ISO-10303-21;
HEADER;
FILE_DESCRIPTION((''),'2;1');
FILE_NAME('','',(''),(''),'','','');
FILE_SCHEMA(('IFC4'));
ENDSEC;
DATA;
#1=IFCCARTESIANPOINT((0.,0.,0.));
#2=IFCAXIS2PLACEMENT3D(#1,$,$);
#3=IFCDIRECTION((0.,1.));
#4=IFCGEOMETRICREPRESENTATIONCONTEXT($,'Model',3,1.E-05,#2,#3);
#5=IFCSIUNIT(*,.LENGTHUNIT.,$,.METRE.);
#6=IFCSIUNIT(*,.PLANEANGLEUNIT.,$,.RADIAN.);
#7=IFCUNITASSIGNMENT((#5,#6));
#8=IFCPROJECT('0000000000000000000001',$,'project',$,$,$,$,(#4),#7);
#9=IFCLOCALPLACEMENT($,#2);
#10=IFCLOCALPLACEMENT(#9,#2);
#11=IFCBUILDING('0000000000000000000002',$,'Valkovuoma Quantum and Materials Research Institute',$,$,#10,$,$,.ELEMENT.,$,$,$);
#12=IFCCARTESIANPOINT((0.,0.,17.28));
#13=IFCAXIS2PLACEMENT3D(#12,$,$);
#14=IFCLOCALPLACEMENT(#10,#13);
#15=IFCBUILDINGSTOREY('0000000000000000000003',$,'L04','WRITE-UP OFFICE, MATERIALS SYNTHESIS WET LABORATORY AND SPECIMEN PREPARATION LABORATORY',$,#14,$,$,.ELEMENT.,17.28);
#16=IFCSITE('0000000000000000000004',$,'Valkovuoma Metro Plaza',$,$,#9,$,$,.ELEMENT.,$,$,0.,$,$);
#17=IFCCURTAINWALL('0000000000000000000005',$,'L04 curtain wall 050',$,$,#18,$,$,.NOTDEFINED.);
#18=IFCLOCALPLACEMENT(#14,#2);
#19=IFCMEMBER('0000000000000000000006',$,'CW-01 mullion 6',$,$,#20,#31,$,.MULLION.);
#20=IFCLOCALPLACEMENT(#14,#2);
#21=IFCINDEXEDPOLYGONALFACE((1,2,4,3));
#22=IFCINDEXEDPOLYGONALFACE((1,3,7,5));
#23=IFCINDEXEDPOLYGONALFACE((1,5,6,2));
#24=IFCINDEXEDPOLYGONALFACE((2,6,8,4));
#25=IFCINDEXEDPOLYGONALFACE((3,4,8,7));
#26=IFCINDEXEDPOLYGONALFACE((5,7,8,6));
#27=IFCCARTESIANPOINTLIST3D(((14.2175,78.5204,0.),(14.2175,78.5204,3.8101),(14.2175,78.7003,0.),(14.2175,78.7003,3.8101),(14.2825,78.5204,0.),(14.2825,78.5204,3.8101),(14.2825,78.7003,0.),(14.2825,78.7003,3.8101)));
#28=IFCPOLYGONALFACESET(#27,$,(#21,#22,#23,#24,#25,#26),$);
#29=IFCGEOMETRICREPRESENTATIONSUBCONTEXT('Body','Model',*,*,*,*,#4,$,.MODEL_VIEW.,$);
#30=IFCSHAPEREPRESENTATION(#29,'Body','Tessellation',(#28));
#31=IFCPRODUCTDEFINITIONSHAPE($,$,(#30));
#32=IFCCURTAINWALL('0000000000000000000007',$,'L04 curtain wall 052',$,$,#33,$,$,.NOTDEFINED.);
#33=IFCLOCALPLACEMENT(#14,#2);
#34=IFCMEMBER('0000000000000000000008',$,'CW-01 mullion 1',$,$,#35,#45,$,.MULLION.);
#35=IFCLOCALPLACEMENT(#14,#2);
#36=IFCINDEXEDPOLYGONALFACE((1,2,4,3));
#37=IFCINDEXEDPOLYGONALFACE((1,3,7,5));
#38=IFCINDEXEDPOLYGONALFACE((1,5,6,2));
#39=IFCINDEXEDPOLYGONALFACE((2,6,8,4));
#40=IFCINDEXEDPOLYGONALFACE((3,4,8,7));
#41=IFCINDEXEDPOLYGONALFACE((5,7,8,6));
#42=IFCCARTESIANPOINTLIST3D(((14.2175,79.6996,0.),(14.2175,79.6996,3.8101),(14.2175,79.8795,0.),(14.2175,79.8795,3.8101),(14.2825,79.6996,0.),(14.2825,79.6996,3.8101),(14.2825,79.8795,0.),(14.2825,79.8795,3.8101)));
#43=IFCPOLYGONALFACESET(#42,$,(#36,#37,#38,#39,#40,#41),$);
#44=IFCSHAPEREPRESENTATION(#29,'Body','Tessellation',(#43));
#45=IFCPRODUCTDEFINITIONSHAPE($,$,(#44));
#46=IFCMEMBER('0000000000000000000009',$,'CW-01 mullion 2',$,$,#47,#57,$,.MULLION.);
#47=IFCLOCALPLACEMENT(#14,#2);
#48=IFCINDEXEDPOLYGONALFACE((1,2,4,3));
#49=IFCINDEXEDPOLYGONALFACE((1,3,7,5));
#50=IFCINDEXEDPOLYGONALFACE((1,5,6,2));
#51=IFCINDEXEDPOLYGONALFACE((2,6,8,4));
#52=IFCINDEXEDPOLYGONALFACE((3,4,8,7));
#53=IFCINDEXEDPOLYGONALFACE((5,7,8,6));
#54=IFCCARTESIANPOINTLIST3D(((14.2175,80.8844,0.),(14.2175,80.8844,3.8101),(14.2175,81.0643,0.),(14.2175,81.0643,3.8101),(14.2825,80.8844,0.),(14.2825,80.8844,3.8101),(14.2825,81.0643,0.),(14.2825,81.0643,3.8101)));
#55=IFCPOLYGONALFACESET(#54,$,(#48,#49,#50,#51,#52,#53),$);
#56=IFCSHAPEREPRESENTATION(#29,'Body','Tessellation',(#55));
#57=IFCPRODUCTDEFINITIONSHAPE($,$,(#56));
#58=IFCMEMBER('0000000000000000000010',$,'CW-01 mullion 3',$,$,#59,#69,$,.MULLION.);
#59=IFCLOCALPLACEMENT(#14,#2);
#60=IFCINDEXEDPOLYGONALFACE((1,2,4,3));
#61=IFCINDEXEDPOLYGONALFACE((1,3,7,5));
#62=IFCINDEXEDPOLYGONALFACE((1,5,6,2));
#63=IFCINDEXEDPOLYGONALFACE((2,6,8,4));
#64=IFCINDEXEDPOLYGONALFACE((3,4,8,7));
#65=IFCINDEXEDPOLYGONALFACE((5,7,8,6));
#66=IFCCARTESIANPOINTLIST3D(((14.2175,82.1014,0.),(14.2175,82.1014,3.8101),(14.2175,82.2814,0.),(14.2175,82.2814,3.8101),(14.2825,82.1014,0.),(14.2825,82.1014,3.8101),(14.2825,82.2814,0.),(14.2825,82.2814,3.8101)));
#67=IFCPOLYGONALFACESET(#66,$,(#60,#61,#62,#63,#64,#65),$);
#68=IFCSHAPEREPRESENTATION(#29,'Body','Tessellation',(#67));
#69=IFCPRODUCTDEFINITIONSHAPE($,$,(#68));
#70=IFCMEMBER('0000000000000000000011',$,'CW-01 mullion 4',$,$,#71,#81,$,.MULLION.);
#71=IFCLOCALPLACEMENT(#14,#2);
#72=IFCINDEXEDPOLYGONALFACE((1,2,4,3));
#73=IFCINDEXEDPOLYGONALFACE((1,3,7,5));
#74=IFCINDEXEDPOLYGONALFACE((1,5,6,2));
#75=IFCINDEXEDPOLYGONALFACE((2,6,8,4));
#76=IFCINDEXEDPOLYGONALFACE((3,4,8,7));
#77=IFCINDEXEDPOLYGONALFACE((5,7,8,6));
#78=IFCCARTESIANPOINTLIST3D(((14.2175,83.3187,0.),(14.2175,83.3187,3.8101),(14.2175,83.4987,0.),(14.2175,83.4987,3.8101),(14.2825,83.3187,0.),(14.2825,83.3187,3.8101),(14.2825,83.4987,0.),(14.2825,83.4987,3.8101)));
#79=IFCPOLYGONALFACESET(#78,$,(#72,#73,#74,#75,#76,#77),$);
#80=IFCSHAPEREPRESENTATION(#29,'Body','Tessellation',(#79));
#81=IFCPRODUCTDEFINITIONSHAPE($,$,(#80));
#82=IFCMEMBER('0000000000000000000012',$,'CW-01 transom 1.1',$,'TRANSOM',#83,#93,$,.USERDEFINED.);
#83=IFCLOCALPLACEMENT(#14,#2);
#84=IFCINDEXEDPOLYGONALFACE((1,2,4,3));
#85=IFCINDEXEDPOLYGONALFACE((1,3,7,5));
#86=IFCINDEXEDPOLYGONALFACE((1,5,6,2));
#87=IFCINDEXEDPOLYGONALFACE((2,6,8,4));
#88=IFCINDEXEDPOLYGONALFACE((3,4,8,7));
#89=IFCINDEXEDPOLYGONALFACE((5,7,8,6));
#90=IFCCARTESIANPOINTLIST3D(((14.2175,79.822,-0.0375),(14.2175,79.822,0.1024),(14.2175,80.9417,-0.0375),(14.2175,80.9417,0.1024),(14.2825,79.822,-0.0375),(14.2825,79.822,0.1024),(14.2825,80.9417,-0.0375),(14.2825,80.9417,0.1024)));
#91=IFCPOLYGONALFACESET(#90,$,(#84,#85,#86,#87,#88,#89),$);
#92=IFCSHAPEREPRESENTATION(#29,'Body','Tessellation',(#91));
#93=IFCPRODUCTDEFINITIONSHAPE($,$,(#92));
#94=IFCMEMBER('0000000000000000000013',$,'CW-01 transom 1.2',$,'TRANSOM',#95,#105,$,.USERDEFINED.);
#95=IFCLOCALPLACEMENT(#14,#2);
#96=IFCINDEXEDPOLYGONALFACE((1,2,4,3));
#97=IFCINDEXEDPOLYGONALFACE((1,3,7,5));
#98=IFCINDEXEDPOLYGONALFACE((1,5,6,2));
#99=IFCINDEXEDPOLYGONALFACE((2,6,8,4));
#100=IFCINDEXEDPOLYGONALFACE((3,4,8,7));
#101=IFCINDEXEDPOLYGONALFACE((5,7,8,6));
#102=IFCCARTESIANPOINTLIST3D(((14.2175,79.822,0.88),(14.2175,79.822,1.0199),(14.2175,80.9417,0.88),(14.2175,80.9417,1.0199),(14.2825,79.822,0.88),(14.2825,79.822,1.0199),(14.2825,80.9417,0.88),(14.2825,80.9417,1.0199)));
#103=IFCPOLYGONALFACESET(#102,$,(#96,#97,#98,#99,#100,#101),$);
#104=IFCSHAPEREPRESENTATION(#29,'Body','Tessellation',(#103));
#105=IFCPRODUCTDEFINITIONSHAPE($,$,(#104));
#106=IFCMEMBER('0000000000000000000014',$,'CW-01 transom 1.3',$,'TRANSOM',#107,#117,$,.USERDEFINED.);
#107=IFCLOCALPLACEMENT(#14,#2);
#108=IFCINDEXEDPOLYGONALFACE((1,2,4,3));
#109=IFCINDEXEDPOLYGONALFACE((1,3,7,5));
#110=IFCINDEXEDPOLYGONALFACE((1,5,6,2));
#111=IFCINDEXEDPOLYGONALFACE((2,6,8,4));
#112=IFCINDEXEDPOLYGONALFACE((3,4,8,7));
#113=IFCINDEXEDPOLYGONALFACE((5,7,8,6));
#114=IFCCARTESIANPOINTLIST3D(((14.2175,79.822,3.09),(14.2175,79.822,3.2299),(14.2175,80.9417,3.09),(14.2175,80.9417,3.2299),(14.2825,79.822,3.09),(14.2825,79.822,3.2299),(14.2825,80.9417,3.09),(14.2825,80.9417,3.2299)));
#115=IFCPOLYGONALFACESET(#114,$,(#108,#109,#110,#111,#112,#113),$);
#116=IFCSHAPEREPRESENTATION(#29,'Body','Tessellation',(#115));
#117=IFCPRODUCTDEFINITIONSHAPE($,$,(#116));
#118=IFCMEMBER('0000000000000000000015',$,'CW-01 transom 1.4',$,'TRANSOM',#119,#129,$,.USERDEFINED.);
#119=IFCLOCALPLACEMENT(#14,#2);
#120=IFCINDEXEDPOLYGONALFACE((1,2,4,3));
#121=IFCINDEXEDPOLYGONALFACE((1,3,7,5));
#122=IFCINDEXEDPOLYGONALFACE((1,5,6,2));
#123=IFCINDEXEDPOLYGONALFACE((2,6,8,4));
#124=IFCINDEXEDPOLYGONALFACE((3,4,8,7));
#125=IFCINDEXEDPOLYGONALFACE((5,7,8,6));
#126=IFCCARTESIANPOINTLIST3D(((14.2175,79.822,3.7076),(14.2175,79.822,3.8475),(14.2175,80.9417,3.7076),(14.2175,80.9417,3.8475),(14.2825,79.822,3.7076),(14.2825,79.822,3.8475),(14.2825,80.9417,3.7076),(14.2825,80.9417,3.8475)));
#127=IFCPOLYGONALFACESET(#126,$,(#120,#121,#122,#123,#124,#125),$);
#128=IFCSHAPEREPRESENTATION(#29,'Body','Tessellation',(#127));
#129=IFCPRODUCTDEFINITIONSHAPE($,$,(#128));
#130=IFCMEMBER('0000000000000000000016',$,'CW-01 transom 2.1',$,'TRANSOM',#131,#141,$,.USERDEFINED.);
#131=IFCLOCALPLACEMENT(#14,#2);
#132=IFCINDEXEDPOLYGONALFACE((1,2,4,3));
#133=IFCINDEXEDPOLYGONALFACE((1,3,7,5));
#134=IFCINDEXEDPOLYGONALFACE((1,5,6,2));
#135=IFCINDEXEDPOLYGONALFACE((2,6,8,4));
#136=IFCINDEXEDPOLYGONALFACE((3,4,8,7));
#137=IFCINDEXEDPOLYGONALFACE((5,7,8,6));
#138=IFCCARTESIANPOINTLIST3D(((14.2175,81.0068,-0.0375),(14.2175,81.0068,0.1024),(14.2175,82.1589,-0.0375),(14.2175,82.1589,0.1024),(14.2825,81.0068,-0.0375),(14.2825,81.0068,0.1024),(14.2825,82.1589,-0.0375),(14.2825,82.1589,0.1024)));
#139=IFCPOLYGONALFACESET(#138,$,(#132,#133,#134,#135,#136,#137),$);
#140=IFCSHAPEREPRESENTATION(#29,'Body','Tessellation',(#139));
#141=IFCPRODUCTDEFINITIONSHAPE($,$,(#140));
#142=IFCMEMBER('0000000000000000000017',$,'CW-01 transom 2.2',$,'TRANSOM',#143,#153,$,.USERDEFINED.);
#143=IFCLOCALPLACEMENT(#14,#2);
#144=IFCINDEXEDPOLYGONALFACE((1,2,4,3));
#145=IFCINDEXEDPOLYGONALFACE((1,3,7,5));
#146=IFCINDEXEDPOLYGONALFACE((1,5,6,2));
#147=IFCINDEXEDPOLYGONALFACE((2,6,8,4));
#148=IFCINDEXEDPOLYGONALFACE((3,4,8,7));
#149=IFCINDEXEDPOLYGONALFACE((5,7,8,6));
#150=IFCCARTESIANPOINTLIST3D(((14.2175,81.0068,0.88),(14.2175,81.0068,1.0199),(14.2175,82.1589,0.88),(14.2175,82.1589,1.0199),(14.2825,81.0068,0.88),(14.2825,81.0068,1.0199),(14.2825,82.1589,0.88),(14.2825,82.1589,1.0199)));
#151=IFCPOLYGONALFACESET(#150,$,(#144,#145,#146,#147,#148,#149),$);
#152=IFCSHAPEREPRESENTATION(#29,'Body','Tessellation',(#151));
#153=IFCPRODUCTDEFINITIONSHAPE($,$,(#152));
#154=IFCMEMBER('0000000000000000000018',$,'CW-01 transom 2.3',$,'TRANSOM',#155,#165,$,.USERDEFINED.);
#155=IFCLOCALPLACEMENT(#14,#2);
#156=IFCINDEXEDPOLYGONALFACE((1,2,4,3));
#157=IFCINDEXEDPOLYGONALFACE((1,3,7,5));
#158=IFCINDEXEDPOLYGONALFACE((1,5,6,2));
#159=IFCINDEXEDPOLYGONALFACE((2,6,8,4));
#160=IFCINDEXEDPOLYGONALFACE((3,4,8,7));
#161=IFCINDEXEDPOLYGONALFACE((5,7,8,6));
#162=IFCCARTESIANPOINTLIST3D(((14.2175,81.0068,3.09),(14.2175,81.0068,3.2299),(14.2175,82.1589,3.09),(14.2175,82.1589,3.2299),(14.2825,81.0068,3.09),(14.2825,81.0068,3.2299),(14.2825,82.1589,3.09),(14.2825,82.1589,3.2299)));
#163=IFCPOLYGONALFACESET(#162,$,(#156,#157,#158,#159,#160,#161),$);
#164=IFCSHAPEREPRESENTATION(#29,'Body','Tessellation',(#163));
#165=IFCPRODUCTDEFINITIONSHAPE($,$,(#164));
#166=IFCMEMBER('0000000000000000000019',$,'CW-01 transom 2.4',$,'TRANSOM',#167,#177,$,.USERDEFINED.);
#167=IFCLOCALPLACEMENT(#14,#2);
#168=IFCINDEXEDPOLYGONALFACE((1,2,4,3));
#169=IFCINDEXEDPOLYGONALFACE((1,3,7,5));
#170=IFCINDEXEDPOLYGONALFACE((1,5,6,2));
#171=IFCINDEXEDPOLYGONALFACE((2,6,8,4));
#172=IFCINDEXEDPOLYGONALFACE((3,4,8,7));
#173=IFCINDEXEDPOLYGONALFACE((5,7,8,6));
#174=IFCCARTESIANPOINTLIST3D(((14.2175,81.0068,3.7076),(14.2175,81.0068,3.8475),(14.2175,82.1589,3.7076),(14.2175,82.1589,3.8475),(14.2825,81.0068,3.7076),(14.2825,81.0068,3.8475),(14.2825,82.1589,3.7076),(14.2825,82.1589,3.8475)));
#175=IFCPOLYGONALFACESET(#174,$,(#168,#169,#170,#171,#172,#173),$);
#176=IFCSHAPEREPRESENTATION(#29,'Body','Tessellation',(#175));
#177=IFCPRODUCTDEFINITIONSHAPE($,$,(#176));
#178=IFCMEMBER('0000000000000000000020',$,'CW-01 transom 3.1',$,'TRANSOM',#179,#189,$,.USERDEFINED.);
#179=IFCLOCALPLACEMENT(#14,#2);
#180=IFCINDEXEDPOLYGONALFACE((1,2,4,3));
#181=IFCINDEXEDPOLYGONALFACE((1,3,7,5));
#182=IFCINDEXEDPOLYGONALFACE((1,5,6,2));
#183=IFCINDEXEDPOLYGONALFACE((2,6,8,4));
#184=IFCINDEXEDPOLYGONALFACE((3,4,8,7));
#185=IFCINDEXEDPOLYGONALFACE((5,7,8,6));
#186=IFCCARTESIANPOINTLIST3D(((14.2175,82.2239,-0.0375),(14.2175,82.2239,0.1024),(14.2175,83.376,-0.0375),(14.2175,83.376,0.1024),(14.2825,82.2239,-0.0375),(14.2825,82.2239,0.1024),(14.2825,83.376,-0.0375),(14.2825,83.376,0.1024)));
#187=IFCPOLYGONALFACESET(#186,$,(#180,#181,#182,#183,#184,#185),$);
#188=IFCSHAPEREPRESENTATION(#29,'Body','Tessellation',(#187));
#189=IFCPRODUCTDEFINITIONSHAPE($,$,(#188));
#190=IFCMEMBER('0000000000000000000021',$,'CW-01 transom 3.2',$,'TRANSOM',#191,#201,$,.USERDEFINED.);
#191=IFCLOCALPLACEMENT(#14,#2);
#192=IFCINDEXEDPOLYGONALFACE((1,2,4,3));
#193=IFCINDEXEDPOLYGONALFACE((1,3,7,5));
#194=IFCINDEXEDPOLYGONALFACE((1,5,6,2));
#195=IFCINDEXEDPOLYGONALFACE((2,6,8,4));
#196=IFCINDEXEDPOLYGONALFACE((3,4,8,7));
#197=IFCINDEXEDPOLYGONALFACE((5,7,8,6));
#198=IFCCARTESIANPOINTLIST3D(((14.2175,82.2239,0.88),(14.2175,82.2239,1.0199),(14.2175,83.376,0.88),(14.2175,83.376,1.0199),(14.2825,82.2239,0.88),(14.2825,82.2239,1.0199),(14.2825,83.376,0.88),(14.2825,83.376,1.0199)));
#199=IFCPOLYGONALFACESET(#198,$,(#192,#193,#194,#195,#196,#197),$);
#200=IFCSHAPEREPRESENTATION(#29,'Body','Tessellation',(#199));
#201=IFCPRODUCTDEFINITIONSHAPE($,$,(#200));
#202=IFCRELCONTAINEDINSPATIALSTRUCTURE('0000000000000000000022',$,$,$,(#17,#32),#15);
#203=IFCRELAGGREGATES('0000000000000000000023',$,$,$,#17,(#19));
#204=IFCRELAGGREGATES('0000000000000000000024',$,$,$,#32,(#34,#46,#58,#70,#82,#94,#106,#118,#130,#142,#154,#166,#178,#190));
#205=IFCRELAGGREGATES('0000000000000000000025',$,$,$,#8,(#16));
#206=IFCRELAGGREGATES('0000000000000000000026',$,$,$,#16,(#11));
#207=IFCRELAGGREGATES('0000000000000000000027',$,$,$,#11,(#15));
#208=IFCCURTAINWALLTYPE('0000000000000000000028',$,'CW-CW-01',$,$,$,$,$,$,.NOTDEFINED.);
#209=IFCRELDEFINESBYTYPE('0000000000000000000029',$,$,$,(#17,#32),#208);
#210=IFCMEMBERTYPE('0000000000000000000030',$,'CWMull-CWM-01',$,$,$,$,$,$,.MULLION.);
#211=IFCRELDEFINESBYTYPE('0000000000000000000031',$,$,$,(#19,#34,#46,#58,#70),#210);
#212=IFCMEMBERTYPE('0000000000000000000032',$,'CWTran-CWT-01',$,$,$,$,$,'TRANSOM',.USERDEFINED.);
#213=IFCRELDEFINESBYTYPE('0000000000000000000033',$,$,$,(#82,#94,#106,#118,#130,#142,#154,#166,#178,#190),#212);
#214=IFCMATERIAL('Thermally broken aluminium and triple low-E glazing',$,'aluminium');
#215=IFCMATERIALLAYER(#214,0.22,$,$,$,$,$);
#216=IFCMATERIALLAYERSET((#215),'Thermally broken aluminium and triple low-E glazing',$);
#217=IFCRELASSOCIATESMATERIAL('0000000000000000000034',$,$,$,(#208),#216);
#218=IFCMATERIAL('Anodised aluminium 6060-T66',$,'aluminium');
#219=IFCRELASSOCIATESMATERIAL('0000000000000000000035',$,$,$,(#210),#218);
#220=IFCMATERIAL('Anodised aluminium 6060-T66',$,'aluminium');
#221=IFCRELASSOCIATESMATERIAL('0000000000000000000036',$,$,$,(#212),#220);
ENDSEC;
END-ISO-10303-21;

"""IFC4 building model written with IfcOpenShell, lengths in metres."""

from ifc_helpers import new_model, si_unit, direction, frame, origin, origin_2d, place, context, subcontext, project, spatial, rectangle, extrude, material, layer, layer_set, material_profile, profile_set, type_object, element, aggregate, save


model = new_model("IFC4")

# Units and contexts
model_context = context("Model", 3, precision=1e-05, world=origin(), true_north=direction((0.0, 1.0)))
body_context = subcontext(model_context, "Body", "Model", "MODEL_VIEW")
ifc_project = project(units=[si_unit("LENGTHUNIT", "METRE"), si_unit("PLANEANGLEUNIT", "RADIAN")], contexts=[model_context])

# Site, building, storey
site_placement = place(None, origin())
site = spatial("IfcSite", under=ifc_project, at=site_placement, Name="Valkovuoma Metro Plaza", CompositionType="ELEMENT", RefElevation=0.0)
building_placement = place(site_placement, origin())
building = spatial("IfcBuilding", under=site, at=building_placement, Name="Valkovuoma Quantum and Materials Research Institute", CompositionType="ELEMENT")
storey_placement = place(building_placement, frame((0.0, 0.0, 17.28)))
storey = spatial("IfcBuildingStorey", under=building, at=storey_placement, Name="L04", Description="WRITE-UP OFFICE, MATERIALS SYNTHESIS WET LABORATORY AND SPECIMEN PREPARATION LABORATORY", CompositionType="ELEMENT", Elevation=17.28)

# Curtain wall, member
ifc_material_1 = material(Name="Thermally broken aluminium and triple low-E glazing", Category="aluminium")
ifc_layer_1 = layer(ifc_material_1, 0.22)
ifc_layer_set_1 = layer_set([ifc_layer_1], Name="Thermally broken aluminium and triple low-E glazing")
curtain_wall_type = type_object("IfcCurtainWallType", Name="CW-CW-01", PredefinedType="NOTDEFINED", material=ifc_layer_set_1)
curtain_wall_1_placement = place(storey_placement, origin())
curtain_wall_1 = element("IfcCurtainWall", 1, at=curtain_wall_1_placement, inside=storey, type_object=curtain_wall_type, Name="L04 curtain wall 050", PredefinedType="NOTDEFINED")
ifc_material_2 = material(Name="Anodised aluminium 6060-T66", Category="aluminium")
ifc_material_profile_1 = material_profile(ifc_material_2, rectangle(XDim=0.0649, YDim=0.1799, at=origin_2d()), Name="Anodised aluminium 6060-T66")
ifc_profile_set_1 = profile_set([ifc_material_profile_1], Name="Anodised aluminium 6060-T66")
member_type_1 = type_object("IfcMemberType", Name="CWMull-CWM-01", PredefinedType="MULLION", material=ifc_profile_set_1)
member_1_placement = place(storey_placement, frame((14.25, 78.6104, 0.0), z_axis=(0.0, 0.0, 1.0), x_axis=(-1.0, 0.0, 0.0)))
member_1 = element("IfcMember", 2, at=member_1_placement, type_object=member_type_1, Name="CW-01 mullion 6", PredefinedType="MULLION", context=body_context, shape_type="SweptSolid", body=[
    extrude(rectangle(XDim=0.0649, YDim=0.1799, at=origin_2d()), origin(), (0.0, 0.0, 1.0), 3.8101),
])
aggregate(curtain_wall_1, [member_1])

# Curtain wall, members
curtain_wall_2_placement = place(storey_placement, origin())
curtain_wall_2 = element("IfcCurtainWall", 3, at=curtain_wall_2_placement, inside=storey, type_object=curtain_wall_type, Name="L04 curtain wall 052", PredefinedType="NOTDEFINED")
member_2_placement = place(storey_placement, frame((14.25, 79.7896, 0.0), z_axis=(0.0, 0.0, 1.0), x_axis=(-1.0, 0.0, 0.0)))
member_2 = element("IfcMember", 4, at=member_2_placement, type_object=member_type_1, Name="CW-01 mullion 1", PredefinedType="MULLION", context=body_context, shape_type="SweptSolid", body=[
    extrude(rectangle(XDim=0.0649, YDim=0.1799, at=origin_2d()), origin(), (0.0, 0.0, 1.0), 3.8101),
])
member_3_placement = place(storey_placement, frame((14.25, 80.9744, 0.0), z_axis=(0.0, 0.0, 1.0), x_axis=(-1.0, 0.0, 0.0)))
member_3 = element("IfcMember", 5, at=member_3_placement, type_object=member_type_1, Name="CW-01 mullion 2", PredefinedType="MULLION", context=body_context, shape_type="SweptSolid", body=[
    extrude(rectangle(XDim=0.0649, YDim=0.1799, at=origin_2d()), origin(), (0.0, 0.0, 1.0), 3.8101),
])
member_4_placement = place(storey_placement, frame((14.25, 82.1914, 0.0), z_axis=(0.0, 0.0, 1.0), x_axis=(-1.0, 0.0, 0.0)))
member_4 = element("IfcMember", 6, at=member_4_placement, type_object=member_type_1, Name="CW-01 mullion 3", PredefinedType="MULLION", context=body_context, shape_type="SweptSolid", body=[
    extrude(rectangle(XDim=0.0649, YDim=0.1799, at=origin_2d()), origin(), (0.0, 0.0, 1.0), 3.8101),
])
member_5_placement = place(storey_placement, frame((14.25, 83.4087, 0.0), z_axis=(0.0, 0.0, 1.0), x_axis=(-1.0, 0.0, 0.0)))
member_5 = element("IfcMember", 7, at=member_5_placement, type_object=member_type_1, Name="CW-01 mullion 4", PredefinedType="MULLION", context=body_context, shape_type="SweptSolid", body=[
    extrude(rectangle(XDim=0.0649, YDim=0.1799, at=origin_2d()), origin(), (0.0, 0.0, 1.0), 3.8101),
])
ifc_material_3 = material(Name="Anodised aluminium 6060-T66", Category="aluminium")
ifc_material_profile_2 = material_profile(ifc_material_3, rectangle(XDim=0.0649, YDim=0.1399, at=origin_2d()), Name="Anodised aluminium 6060-T66")
ifc_profile_set_2 = profile_set([ifc_material_profile_2], Name="Anodised aluminium 6060-T66")
member_type_2 = type_object("IfcMemberType", Name="CWTran-CWT-01", ElementType="TRANSOM", PredefinedType="USERDEFINED", material=ifc_profile_set_2)
member_6_placement = place(storey_placement, frame((14.25, 79.822, 0.0325), z_axis=(0.0, 1.0, 0.0), x_axis=(-1.0, 0.0, 0.0)))
member_6 = element("IfcMember", 8, at=member_6_placement, type_object=member_type_2, Name="CW-01 transom 1.1", ObjectType="TRANSOM", PredefinedType="USERDEFINED", context=body_context, shape_type="SweptSolid", body=[
    extrude(rectangle(XDim=0.0649, YDim=0.1399, at=origin_2d()), origin(), (0.0, 0.0, 1.0), 1.1196),
])
member_7_placement = place(storey_placement, frame((14.25, 79.822, 0.95), z_axis=(0.0, 1.0, 0.0), x_axis=(-1.0, 0.0, 0.0)))
member_7 = element("IfcMember", 9, at=member_7_placement, type_object=member_type_2, Name="CW-01 transom 1.2", ObjectType="TRANSOM", PredefinedType="USERDEFINED", context=body_context, shape_type="SweptSolid", body=[
    extrude(rectangle(XDim=0.0649, YDim=0.1399, at=origin_2d()), origin(), (0.0, 0.0, 1.0), 1.1196),
])
member_8_placement = place(storey_placement, frame((14.25, 79.822, 3.1599), z_axis=(0.0, 1.0, 0.0), x_axis=(-1.0, 0.0, 0.0)))
member_8 = element("IfcMember", 10, at=member_8_placement, type_object=member_type_2, Name="CW-01 transom 1.3", ObjectType="TRANSOM", PredefinedType="USERDEFINED", context=body_context, shape_type="SweptSolid", body=[
    extrude(rectangle(XDim=0.0649, YDim=0.1399, at=origin_2d()), origin(), (0.0, 0.0, 1.0), 1.1196),
])
member_9_placement = place(storey_placement, frame((14.25, 79.822, 3.7776), z_axis=(0.0, 1.0, 0.0), x_axis=(-1.0, 0.0, 0.0)))
member_9 = element("IfcMember", 11, at=member_9_placement, type_object=member_type_2, Name="CW-01 transom 1.4", ObjectType="TRANSOM", PredefinedType="USERDEFINED", context=body_context, shape_type="SweptSolid", body=[
    extrude(rectangle(XDim=0.0649, YDim=0.1399, at=origin_2d()), origin(), (0.0, 0.0, 1.0), 1.1196),
])
member_10_placement = place(storey_placement, frame((14.25, 81.0068, 0.0325), z_axis=(0.0, 1.0, 0.0), x_axis=(-1.0, 0.0, 0.0)))
member_10 = element("IfcMember", 12, at=member_10_placement, type_object=member_type_2, Name="CW-01 transom 2.1", ObjectType="TRANSOM", PredefinedType="USERDEFINED", context=body_context, shape_type="SweptSolid", body=[
    extrude(rectangle(XDim=0.0649, YDim=0.1399, at=origin_2d()), origin(), (0.0, 0.0, 1.0), 1.1521),
])
member_11_placement = place(storey_placement, frame((14.25, 81.0068, 0.95), z_axis=(0.0, 1.0, 0.0), x_axis=(-1.0, 0.0, 0.0)))
member_11 = element("IfcMember", 13, at=member_11_placement, type_object=member_type_2, Name="CW-01 transom 2.2", ObjectType="TRANSOM", PredefinedType="USERDEFINED", context=body_context, shape_type="SweptSolid", body=[
    extrude(rectangle(XDim=0.0649, YDim=0.1399, at=origin_2d()), origin(), (0.0, 0.0, 1.0), 1.1521),
])
member_12_placement = place(storey_placement, frame((14.25, 81.0068, 3.1599), z_axis=(0.0, 1.0, 0.0), x_axis=(-1.0, 0.0, 0.0)))
member_12 = element("IfcMember", 14, at=member_12_placement, type_object=member_type_2, Name="CW-01 transom 2.3", ObjectType="TRANSOM", PredefinedType="USERDEFINED", context=body_context, shape_type="SweptSolid", body=[
    extrude(rectangle(XDim=0.0649, YDim=0.1399, at=origin_2d()), origin(), (0.0, 0.0, 1.0), 1.1521),
])
member_13_placement = place(storey_placement, frame((14.25, 81.0068, 3.7776), z_axis=(0.0, 1.0, 0.0), x_axis=(-1.0, 0.0, 0.0)))
member_13 = element("IfcMember", 15, at=member_13_placement, type_object=member_type_2, Name="CW-01 transom 2.4", ObjectType="TRANSOM", PredefinedType="USERDEFINED", context=body_context, shape_type="SweptSolid", body=[
    extrude(rectangle(XDim=0.0649, YDim=0.1399, at=origin_2d()), origin(), (0.0, 0.0, 1.0), 1.1521),
])
member_14_placement = place(storey_placement, frame((14.25, 82.2239, 0.0325), z_axis=(0.0, 1.0, 0.0), x_axis=(-1.0, 0.0, 0.0)))
member_14 = element("IfcMember", 16, at=member_14_placement, type_object=member_type_2, Name="CW-01 transom 3.1", ObjectType="TRANSOM", PredefinedType="USERDEFINED", context=body_context, shape_type="SweptSolid", body=[
    extrude(rectangle(XDim=0.0649, YDim=0.1399, at=origin_2d()), origin(), (0.0, 0.0, 1.0), 1.1521),
])
member_15_placement = place(storey_placement, frame((14.25, 82.2239, 0.95), z_axis=(0.0, 1.0, 0.0), x_axis=(-1.0, 0.0, 0.0)))
member_15 = element("IfcMember", 17, at=member_15_placement, type_object=member_type_2, Name="CW-01 transom 3.2", ObjectType="TRANSOM", PredefinedType="USERDEFINED", context=body_context, shape_type="SweptSolid", body=[
    extrude(rectangle(XDim=0.0649, YDim=0.1399, at=origin_2d()), origin(), (0.0, 0.0, 1.0), 1.1521),
])
aggregate(curtain_wall_2, [member_2, member_3, member_4, member_5, member_6, member_7, member_8, member_9, member_10, member_11, member_12, member_13, member_14, member_15])

save(model, "model.ifc")
